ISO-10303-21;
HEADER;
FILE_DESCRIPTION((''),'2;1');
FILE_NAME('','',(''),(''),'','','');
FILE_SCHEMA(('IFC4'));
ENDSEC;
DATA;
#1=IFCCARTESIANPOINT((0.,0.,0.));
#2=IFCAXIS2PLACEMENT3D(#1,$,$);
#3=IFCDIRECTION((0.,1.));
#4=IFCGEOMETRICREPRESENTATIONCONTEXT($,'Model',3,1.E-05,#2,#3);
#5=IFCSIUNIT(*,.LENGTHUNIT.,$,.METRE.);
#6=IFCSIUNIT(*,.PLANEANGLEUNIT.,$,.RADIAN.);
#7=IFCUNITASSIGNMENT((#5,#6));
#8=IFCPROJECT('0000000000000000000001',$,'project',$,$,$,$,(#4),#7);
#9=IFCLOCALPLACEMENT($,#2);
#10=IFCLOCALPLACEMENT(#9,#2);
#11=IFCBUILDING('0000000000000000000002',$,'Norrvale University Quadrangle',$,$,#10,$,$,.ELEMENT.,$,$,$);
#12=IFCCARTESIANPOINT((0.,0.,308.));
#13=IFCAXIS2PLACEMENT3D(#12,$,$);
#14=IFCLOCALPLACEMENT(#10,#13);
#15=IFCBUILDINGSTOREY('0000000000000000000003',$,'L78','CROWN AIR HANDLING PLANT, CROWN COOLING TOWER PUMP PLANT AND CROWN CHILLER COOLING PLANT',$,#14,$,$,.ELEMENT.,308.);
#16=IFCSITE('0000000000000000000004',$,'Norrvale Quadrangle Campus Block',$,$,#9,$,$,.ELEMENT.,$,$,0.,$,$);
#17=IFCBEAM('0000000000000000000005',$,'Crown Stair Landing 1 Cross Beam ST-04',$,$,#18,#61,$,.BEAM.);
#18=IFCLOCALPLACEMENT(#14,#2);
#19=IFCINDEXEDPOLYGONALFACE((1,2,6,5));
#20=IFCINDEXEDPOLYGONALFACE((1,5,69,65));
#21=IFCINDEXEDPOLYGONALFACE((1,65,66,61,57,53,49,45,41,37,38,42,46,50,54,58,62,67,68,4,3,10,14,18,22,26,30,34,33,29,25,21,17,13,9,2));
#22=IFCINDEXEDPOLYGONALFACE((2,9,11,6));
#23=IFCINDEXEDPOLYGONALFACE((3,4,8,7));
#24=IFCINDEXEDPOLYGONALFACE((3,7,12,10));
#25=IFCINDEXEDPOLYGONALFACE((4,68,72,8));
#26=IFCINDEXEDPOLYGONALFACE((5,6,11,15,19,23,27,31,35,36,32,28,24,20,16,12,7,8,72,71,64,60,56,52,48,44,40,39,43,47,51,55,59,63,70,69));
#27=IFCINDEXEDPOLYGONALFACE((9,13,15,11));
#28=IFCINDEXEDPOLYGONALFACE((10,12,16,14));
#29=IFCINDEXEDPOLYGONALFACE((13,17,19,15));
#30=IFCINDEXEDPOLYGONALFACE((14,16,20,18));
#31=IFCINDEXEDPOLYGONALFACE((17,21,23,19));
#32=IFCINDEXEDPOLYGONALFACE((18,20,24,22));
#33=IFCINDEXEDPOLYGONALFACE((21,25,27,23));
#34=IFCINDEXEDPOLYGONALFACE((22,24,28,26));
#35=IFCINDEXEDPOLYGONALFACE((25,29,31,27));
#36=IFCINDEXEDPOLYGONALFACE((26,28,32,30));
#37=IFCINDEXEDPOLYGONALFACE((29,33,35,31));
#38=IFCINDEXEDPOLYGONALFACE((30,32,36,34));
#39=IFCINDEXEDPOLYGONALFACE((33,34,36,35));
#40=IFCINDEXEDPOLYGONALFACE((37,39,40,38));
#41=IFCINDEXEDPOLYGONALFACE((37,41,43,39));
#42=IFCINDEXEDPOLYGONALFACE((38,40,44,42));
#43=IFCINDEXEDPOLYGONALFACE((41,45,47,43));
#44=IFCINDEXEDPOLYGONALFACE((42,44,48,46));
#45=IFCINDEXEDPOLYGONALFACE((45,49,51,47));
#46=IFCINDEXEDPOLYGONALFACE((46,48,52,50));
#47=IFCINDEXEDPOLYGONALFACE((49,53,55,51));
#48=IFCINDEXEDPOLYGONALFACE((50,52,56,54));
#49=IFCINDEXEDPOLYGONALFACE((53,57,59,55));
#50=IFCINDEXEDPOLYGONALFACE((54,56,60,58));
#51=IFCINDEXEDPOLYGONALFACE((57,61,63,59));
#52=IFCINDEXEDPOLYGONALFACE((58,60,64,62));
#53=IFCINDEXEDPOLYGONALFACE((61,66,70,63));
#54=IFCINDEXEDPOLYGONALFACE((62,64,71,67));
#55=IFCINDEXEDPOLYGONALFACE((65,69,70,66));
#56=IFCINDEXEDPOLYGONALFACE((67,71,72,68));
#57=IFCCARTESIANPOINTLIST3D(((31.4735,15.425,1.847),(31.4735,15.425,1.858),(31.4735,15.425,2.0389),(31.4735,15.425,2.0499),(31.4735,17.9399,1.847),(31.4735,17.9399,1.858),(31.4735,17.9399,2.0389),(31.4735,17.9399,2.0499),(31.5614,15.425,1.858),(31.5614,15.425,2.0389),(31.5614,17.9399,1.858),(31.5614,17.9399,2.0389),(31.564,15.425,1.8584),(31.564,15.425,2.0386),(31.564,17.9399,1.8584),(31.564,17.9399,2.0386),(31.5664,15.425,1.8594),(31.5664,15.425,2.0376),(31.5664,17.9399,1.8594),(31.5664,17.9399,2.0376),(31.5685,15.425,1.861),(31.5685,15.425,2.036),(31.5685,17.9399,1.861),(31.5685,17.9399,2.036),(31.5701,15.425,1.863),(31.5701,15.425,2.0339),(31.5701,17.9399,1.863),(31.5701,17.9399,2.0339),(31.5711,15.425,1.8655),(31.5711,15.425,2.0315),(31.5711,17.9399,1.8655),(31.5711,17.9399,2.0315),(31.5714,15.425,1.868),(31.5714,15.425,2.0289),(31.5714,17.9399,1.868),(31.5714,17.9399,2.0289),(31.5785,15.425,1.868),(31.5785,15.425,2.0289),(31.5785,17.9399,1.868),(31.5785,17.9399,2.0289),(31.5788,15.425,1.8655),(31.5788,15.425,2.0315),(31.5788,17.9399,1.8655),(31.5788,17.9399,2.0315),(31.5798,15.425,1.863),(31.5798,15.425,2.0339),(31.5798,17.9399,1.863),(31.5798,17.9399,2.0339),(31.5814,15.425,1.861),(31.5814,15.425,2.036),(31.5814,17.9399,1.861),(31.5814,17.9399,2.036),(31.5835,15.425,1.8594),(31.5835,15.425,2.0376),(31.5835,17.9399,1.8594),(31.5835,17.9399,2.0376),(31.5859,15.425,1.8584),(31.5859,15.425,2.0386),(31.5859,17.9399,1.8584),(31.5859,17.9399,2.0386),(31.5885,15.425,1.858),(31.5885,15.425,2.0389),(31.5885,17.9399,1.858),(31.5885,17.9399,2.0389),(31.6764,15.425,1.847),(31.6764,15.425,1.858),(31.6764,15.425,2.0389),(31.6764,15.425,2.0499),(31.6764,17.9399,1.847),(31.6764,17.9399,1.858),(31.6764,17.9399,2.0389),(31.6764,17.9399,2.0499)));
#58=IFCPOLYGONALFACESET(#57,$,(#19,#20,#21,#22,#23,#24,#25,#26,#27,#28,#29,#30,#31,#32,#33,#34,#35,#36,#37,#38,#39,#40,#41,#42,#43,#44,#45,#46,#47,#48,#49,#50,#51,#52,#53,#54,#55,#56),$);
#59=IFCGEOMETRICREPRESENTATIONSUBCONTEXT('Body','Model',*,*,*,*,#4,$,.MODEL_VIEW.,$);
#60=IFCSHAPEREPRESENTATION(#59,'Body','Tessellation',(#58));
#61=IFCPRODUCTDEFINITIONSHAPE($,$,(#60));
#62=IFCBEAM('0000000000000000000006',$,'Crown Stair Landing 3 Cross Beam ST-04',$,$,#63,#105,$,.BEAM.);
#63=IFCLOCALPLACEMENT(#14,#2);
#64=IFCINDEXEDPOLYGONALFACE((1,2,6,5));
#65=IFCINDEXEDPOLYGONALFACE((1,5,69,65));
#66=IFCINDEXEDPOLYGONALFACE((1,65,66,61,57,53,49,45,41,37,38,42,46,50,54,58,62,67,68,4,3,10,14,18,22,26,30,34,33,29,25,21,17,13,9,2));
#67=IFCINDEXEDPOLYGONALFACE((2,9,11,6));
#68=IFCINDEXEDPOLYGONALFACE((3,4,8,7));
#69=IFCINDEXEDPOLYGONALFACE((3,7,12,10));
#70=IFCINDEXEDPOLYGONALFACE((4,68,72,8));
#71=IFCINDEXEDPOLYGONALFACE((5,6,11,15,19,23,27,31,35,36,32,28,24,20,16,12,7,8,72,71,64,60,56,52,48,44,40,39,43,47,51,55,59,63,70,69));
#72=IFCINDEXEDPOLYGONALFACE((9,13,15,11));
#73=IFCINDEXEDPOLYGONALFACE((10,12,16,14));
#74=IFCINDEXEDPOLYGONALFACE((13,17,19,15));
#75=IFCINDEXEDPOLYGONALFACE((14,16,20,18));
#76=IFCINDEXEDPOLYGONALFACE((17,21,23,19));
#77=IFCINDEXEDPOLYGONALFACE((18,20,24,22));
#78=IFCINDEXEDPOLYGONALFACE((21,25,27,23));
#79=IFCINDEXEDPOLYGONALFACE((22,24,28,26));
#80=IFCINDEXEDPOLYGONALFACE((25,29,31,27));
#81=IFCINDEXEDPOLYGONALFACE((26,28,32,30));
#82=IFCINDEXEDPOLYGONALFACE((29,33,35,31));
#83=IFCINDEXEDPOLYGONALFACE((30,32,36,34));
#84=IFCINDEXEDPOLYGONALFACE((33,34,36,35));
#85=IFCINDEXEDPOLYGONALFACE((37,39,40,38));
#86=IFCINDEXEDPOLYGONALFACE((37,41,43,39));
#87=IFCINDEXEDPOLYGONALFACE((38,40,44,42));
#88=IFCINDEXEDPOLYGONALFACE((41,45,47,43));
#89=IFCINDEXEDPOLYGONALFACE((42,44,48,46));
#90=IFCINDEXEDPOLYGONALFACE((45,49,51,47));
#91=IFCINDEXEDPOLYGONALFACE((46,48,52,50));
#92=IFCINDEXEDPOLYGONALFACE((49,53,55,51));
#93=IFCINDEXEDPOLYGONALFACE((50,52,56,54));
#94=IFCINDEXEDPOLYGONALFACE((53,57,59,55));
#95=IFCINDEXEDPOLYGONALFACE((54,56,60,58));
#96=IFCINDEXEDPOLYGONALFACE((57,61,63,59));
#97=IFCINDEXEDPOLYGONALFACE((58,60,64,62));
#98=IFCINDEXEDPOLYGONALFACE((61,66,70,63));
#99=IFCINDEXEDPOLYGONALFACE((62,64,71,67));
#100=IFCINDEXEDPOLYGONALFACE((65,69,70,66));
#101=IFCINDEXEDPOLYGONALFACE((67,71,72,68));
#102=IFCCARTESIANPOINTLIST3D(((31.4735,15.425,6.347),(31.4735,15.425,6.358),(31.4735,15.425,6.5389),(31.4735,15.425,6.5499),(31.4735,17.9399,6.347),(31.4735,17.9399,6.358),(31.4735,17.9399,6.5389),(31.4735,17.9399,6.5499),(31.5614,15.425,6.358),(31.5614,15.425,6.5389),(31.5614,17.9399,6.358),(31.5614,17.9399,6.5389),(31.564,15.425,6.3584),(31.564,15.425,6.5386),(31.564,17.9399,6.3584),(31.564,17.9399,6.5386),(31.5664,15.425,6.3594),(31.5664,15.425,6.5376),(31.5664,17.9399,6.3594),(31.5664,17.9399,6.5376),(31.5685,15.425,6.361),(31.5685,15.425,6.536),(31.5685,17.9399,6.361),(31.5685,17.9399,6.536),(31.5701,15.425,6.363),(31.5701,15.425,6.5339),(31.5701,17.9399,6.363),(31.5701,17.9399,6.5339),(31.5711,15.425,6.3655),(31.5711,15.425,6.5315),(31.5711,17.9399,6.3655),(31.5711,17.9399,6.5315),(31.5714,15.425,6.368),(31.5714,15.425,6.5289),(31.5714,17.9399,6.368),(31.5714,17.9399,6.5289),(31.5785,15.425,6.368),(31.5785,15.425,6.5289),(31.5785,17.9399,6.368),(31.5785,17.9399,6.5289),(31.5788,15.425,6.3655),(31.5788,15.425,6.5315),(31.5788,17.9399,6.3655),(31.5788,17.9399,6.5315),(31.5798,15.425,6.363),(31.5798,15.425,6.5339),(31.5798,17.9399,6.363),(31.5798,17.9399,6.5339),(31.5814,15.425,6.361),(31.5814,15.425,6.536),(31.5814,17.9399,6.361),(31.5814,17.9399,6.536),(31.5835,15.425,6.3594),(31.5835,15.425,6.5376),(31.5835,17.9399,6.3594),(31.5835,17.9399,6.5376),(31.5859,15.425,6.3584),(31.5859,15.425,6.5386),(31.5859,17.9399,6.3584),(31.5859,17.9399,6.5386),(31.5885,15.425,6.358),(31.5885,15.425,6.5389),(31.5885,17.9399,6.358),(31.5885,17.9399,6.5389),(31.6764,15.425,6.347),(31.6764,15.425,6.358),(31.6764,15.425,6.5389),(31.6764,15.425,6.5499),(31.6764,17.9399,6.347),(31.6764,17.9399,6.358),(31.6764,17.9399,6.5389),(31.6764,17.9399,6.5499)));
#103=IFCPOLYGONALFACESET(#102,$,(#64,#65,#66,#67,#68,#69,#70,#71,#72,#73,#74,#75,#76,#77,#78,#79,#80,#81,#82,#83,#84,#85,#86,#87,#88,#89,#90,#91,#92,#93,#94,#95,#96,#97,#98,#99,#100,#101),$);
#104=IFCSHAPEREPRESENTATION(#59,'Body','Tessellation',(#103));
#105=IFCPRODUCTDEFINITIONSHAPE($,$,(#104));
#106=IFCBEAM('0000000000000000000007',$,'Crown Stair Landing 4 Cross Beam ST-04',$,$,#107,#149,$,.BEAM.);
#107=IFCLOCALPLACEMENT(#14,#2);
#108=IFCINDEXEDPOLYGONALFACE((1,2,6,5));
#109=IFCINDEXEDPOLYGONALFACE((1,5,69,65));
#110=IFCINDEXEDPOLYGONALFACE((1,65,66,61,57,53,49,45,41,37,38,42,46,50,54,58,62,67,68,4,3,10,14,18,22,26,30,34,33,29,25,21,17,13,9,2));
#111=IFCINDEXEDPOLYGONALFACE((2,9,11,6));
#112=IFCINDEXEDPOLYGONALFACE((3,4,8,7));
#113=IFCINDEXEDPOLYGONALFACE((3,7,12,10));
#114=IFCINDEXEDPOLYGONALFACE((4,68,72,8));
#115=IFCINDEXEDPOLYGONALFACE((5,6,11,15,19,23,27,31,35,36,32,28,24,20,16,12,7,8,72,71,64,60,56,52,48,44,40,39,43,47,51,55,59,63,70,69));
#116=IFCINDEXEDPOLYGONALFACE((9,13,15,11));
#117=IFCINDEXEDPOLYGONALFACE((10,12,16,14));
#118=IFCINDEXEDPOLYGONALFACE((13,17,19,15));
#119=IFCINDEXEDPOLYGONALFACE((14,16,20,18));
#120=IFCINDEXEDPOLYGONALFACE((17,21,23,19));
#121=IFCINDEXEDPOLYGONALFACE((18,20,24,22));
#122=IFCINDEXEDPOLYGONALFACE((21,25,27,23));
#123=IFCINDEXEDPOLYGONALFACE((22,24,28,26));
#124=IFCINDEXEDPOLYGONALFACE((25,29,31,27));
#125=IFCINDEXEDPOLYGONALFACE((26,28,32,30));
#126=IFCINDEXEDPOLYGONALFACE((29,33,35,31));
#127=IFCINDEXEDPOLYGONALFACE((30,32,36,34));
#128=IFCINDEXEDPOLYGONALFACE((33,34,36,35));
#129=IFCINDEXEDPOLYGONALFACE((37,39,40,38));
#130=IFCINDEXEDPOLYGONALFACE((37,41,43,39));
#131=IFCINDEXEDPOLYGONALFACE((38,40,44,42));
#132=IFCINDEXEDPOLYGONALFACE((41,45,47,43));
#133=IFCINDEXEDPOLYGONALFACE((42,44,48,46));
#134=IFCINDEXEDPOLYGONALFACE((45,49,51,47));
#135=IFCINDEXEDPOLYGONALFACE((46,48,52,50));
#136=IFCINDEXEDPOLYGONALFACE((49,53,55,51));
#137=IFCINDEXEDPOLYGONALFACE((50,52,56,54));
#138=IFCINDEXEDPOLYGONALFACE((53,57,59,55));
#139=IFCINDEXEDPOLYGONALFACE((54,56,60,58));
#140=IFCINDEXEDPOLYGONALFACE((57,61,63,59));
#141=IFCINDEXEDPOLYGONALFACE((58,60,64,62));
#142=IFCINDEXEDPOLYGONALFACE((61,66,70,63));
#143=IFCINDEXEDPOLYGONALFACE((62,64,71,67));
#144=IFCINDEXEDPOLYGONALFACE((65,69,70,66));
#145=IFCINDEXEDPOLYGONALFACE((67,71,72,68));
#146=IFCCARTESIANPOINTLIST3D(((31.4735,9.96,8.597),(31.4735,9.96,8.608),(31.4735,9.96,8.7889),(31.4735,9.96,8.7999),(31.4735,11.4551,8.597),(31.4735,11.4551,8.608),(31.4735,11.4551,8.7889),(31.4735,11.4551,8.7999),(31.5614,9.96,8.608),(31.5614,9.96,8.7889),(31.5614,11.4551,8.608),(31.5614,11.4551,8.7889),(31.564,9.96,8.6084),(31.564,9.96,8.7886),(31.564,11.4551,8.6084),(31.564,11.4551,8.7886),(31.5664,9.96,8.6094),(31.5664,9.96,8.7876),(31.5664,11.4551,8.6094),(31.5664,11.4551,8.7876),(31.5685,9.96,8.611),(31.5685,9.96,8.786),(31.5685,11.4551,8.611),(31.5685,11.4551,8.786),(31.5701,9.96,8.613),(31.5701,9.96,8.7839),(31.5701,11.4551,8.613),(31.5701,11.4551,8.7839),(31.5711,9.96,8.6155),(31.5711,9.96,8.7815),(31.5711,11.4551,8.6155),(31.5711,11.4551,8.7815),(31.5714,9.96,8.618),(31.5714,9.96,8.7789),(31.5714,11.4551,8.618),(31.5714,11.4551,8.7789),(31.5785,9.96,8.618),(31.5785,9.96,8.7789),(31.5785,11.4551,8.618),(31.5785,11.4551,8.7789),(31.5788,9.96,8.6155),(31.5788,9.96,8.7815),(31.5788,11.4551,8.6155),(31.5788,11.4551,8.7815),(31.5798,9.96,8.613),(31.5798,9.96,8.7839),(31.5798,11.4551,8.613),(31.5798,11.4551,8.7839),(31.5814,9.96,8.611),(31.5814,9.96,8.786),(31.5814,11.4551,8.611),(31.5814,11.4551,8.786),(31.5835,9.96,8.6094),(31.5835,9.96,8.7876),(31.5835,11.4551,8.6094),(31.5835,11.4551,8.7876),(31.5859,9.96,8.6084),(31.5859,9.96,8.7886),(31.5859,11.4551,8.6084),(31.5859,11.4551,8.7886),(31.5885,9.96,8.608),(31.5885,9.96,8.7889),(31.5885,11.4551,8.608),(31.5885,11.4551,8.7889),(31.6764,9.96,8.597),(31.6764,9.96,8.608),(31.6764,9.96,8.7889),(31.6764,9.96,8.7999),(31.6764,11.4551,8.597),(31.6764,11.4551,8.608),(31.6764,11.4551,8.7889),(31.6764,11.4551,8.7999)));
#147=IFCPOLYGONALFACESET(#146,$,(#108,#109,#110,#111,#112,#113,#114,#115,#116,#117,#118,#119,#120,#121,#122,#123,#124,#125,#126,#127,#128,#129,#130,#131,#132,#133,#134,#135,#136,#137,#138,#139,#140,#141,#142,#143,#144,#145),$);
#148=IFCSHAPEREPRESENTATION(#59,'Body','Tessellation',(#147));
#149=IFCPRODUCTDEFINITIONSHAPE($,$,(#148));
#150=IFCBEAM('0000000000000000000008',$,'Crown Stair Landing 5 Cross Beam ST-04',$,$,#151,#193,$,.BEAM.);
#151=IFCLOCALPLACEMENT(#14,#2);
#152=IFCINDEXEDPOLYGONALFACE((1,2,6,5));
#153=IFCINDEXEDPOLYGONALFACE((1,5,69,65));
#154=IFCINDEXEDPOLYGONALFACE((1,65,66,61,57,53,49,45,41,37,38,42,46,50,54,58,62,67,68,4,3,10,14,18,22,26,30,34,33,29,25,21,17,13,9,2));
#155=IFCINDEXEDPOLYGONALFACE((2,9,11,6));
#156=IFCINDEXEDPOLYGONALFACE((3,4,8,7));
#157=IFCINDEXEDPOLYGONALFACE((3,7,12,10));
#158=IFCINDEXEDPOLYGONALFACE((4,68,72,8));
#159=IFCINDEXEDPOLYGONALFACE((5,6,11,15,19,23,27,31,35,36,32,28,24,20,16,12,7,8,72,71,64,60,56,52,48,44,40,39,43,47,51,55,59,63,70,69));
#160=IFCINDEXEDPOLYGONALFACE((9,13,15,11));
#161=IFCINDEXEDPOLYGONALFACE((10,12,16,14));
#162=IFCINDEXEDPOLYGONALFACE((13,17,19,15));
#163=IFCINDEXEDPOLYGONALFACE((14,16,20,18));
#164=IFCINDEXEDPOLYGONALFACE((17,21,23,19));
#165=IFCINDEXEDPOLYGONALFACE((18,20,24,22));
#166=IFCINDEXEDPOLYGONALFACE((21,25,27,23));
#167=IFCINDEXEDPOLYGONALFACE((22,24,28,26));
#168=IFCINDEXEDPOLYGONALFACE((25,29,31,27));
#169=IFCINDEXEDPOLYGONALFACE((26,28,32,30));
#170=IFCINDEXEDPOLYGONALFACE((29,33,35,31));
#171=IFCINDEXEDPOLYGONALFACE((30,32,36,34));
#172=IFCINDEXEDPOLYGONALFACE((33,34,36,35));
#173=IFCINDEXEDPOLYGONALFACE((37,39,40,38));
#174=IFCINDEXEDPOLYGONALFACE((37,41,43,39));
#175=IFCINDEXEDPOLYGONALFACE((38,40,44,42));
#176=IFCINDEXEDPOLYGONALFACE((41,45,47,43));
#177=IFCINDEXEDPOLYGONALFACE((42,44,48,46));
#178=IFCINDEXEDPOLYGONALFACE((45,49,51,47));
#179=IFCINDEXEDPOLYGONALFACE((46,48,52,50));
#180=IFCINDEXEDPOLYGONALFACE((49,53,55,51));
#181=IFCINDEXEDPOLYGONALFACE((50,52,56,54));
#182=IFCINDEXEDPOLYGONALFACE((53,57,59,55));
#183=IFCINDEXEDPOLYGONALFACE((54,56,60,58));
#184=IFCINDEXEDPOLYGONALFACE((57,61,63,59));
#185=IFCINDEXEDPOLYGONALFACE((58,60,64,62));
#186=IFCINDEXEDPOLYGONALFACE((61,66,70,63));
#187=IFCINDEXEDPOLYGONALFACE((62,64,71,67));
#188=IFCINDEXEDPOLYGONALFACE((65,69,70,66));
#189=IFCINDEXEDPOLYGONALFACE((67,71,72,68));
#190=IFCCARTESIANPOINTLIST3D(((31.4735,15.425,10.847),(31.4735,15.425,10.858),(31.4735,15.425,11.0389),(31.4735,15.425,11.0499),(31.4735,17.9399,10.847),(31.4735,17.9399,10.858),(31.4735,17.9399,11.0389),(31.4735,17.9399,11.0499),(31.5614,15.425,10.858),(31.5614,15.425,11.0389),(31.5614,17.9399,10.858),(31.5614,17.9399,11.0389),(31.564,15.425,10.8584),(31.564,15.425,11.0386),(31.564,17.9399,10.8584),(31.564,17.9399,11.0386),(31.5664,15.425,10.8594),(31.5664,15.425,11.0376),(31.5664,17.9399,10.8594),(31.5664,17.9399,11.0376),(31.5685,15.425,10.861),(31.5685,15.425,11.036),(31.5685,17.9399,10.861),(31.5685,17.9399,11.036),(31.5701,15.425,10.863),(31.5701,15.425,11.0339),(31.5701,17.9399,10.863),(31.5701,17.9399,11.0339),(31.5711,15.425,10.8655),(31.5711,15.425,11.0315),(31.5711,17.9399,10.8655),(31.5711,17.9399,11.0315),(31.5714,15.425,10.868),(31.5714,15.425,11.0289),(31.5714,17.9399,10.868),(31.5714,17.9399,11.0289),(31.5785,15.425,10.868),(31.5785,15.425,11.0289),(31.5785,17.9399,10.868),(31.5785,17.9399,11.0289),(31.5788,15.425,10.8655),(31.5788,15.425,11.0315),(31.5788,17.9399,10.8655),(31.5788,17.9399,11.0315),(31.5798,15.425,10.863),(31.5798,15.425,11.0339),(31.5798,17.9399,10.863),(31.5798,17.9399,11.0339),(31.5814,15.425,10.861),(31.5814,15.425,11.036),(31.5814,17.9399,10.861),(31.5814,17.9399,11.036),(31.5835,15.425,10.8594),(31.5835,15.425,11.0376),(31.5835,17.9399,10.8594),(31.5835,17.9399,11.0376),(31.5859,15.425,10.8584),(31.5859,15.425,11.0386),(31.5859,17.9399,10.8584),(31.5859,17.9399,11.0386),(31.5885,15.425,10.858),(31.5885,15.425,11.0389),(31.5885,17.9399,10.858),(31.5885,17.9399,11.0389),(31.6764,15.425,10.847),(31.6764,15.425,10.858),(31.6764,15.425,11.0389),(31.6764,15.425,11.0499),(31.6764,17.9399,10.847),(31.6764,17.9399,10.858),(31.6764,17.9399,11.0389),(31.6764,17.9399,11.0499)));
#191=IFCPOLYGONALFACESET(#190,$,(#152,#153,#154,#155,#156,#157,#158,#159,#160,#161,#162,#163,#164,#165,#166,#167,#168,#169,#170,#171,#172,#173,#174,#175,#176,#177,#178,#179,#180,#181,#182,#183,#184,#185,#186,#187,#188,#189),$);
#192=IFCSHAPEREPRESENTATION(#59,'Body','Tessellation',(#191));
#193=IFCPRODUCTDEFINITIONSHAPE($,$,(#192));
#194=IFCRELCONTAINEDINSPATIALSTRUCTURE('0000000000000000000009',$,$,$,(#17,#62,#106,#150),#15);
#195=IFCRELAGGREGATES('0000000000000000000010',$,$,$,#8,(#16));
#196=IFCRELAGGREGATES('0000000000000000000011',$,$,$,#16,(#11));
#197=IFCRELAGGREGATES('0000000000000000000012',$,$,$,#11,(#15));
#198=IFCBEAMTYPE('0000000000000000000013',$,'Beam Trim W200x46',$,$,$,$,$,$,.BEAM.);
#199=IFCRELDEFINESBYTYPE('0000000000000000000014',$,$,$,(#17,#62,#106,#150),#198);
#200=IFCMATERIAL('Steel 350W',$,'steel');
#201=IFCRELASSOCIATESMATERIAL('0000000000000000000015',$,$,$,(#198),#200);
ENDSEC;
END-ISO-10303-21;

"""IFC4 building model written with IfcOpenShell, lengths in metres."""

from ifc_helpers import new_model, si_unit, direction, frame, origin, origin_2d, place, context, subcontext, project, spatial, i_section, extrude, material, material_profile, profile_set, type_object, element, save


model = new_model("IFC4")

# Units and contexts
model_context = context("Model", 3, precision=1e-05, world=origin(), true_north=direction((0.0, 1.0)))
body_context = subcontext(model_context, "Body", "Model", "MODEL_VIEW")
ifc_project = project(units=[si_unit("LENGTHUNIT", "METRE"), si_unit("PLANEANGLEUNIT", "RADIAN")], contexts=[model_context])

# Site, building, storey
site_placement = place(None, origin())
site = spatial("IfcSite", under=ifc_project, at=site_placement, Name="Norrvale Quadrangle Campus Block", CompositionType="ELEMENT", RefElevation=0.0)
building_placement = place(site_placement, origin())
building = spatial("IfcBuilding", under=site, at=building_placement, Name="Norrvale University Quadrangle", CompositionType="ELEMENT")
storey_placement = place(building_placement, frame((0.0, 0.0, 308.0)))
storey = spatial("IfcBuildingStorey", under=building, at=storey_placement, Name="L78", Description="CROWN AIR HANDLING PLANT, CROWN COOLING TOWER PUMP PLANT AND CROWN CHILLER COOLING PLANT", CompositionType="ELEMENT", Elevation=308.0)

# Beams
ifc_material_1 = material(Name="Steel 350W", Category="steel")
ifc_material_profile = material_profile(ifc_material_1, i_section(OverallWidth=0.2029, OverallDepth=0.2029, WebThickness=0.0071, FlangeThickness=0.011, FilletRadius=0.01, at=origin_2d()), Name="Steel 350W")
ifc_profile_set = profile_set([ifc_material_profile], Name="Steel 350W")
beam_type = type_object("IfcBeamType", Name="Beam Trim W200x46", PredefinedType="BEAM", material=ifc_profile_set)
for number, where, z_axis, x_axis, name in (
    (1, (31.575, 15.425, 1.9485), (0.0, 1.0, 0.0), (-1.0, 0.0, 0.0), "Crown Stair Landing 1 Cross Beam ST-04"),
    (2, (31.575, 15.425, 6.4485), (0.0, 1.0, 0.0), (-1.0, 0.0, 0.0), "Crown Stair Landing 3 Cross Beam ST-04"),
):
    element("IfcBeam", number, at=place(storey_placement, frame(where, z_axis=z_axis, x_axis=x_axis)), inside=storey, type_object=beam_type, Name=name, PredefinedType="BEAM", context=body_context, shape_type="SweptSolid", body=[
        extrude(i_section(OverallWidth=0.2029, OverallDepth=0.2029, WebThickness=0.0071, FlangeThickness=0.011, FilletRadius=0.01, at=origin_2d()), origin(), (0.0, 0.0, 1.0), 2.5149),
    ])
beam_1_placement = place(storey_placement, frame((31.575, 9.96, 8.6985), z_axis=(0.0, 1.0, 0.0), x_axis=(-1.0, 0.0, 0.0)))
element("IfcBeam", 3, at=beam_1_placement, inside=storey, type_object=beam_type, Name="Crown Stair Landing 4 Cross Beam ST-04", PredefinedType="BEAM", context=body_context, shape_type="SweptSolid", body=[
    extrude(i_section(OverallWidth=0.2029, OverallDepth=0.2029, WebThickness=0.0071, FlangeThickness=0.011, FilletRadius=0.01, at=origin_2d()), origin(), (0.0, 0.0, 1.0), 1.4951),
])
beam_2_placement = place(storey_placement, frame((31.575, 15.425, 10.9485), z_axis=(0.0, 1.0, 0.0), x_axis=(-1.0, 0.0, 0.0)))
element("IfcBeam", 4, at=beam_2_placement, inside=storey, type_object=beam_type, Name="Crown Stair Landing 5 Cross Beam ST-04", PredefinedType="BEAM", context=body_context, shape_type="SweptSolid", body=[
    extrude(i_section(OverallWidth=0.2029, OverallDepth=0.2029, WebThickness=0.0071, FlangeThickness=0.011, FilletRadius=0.01, at=origin_2d()), origin(), (0.0, 0.0, 1.0), 2.5149),
])

save(model, "model.ifc")
